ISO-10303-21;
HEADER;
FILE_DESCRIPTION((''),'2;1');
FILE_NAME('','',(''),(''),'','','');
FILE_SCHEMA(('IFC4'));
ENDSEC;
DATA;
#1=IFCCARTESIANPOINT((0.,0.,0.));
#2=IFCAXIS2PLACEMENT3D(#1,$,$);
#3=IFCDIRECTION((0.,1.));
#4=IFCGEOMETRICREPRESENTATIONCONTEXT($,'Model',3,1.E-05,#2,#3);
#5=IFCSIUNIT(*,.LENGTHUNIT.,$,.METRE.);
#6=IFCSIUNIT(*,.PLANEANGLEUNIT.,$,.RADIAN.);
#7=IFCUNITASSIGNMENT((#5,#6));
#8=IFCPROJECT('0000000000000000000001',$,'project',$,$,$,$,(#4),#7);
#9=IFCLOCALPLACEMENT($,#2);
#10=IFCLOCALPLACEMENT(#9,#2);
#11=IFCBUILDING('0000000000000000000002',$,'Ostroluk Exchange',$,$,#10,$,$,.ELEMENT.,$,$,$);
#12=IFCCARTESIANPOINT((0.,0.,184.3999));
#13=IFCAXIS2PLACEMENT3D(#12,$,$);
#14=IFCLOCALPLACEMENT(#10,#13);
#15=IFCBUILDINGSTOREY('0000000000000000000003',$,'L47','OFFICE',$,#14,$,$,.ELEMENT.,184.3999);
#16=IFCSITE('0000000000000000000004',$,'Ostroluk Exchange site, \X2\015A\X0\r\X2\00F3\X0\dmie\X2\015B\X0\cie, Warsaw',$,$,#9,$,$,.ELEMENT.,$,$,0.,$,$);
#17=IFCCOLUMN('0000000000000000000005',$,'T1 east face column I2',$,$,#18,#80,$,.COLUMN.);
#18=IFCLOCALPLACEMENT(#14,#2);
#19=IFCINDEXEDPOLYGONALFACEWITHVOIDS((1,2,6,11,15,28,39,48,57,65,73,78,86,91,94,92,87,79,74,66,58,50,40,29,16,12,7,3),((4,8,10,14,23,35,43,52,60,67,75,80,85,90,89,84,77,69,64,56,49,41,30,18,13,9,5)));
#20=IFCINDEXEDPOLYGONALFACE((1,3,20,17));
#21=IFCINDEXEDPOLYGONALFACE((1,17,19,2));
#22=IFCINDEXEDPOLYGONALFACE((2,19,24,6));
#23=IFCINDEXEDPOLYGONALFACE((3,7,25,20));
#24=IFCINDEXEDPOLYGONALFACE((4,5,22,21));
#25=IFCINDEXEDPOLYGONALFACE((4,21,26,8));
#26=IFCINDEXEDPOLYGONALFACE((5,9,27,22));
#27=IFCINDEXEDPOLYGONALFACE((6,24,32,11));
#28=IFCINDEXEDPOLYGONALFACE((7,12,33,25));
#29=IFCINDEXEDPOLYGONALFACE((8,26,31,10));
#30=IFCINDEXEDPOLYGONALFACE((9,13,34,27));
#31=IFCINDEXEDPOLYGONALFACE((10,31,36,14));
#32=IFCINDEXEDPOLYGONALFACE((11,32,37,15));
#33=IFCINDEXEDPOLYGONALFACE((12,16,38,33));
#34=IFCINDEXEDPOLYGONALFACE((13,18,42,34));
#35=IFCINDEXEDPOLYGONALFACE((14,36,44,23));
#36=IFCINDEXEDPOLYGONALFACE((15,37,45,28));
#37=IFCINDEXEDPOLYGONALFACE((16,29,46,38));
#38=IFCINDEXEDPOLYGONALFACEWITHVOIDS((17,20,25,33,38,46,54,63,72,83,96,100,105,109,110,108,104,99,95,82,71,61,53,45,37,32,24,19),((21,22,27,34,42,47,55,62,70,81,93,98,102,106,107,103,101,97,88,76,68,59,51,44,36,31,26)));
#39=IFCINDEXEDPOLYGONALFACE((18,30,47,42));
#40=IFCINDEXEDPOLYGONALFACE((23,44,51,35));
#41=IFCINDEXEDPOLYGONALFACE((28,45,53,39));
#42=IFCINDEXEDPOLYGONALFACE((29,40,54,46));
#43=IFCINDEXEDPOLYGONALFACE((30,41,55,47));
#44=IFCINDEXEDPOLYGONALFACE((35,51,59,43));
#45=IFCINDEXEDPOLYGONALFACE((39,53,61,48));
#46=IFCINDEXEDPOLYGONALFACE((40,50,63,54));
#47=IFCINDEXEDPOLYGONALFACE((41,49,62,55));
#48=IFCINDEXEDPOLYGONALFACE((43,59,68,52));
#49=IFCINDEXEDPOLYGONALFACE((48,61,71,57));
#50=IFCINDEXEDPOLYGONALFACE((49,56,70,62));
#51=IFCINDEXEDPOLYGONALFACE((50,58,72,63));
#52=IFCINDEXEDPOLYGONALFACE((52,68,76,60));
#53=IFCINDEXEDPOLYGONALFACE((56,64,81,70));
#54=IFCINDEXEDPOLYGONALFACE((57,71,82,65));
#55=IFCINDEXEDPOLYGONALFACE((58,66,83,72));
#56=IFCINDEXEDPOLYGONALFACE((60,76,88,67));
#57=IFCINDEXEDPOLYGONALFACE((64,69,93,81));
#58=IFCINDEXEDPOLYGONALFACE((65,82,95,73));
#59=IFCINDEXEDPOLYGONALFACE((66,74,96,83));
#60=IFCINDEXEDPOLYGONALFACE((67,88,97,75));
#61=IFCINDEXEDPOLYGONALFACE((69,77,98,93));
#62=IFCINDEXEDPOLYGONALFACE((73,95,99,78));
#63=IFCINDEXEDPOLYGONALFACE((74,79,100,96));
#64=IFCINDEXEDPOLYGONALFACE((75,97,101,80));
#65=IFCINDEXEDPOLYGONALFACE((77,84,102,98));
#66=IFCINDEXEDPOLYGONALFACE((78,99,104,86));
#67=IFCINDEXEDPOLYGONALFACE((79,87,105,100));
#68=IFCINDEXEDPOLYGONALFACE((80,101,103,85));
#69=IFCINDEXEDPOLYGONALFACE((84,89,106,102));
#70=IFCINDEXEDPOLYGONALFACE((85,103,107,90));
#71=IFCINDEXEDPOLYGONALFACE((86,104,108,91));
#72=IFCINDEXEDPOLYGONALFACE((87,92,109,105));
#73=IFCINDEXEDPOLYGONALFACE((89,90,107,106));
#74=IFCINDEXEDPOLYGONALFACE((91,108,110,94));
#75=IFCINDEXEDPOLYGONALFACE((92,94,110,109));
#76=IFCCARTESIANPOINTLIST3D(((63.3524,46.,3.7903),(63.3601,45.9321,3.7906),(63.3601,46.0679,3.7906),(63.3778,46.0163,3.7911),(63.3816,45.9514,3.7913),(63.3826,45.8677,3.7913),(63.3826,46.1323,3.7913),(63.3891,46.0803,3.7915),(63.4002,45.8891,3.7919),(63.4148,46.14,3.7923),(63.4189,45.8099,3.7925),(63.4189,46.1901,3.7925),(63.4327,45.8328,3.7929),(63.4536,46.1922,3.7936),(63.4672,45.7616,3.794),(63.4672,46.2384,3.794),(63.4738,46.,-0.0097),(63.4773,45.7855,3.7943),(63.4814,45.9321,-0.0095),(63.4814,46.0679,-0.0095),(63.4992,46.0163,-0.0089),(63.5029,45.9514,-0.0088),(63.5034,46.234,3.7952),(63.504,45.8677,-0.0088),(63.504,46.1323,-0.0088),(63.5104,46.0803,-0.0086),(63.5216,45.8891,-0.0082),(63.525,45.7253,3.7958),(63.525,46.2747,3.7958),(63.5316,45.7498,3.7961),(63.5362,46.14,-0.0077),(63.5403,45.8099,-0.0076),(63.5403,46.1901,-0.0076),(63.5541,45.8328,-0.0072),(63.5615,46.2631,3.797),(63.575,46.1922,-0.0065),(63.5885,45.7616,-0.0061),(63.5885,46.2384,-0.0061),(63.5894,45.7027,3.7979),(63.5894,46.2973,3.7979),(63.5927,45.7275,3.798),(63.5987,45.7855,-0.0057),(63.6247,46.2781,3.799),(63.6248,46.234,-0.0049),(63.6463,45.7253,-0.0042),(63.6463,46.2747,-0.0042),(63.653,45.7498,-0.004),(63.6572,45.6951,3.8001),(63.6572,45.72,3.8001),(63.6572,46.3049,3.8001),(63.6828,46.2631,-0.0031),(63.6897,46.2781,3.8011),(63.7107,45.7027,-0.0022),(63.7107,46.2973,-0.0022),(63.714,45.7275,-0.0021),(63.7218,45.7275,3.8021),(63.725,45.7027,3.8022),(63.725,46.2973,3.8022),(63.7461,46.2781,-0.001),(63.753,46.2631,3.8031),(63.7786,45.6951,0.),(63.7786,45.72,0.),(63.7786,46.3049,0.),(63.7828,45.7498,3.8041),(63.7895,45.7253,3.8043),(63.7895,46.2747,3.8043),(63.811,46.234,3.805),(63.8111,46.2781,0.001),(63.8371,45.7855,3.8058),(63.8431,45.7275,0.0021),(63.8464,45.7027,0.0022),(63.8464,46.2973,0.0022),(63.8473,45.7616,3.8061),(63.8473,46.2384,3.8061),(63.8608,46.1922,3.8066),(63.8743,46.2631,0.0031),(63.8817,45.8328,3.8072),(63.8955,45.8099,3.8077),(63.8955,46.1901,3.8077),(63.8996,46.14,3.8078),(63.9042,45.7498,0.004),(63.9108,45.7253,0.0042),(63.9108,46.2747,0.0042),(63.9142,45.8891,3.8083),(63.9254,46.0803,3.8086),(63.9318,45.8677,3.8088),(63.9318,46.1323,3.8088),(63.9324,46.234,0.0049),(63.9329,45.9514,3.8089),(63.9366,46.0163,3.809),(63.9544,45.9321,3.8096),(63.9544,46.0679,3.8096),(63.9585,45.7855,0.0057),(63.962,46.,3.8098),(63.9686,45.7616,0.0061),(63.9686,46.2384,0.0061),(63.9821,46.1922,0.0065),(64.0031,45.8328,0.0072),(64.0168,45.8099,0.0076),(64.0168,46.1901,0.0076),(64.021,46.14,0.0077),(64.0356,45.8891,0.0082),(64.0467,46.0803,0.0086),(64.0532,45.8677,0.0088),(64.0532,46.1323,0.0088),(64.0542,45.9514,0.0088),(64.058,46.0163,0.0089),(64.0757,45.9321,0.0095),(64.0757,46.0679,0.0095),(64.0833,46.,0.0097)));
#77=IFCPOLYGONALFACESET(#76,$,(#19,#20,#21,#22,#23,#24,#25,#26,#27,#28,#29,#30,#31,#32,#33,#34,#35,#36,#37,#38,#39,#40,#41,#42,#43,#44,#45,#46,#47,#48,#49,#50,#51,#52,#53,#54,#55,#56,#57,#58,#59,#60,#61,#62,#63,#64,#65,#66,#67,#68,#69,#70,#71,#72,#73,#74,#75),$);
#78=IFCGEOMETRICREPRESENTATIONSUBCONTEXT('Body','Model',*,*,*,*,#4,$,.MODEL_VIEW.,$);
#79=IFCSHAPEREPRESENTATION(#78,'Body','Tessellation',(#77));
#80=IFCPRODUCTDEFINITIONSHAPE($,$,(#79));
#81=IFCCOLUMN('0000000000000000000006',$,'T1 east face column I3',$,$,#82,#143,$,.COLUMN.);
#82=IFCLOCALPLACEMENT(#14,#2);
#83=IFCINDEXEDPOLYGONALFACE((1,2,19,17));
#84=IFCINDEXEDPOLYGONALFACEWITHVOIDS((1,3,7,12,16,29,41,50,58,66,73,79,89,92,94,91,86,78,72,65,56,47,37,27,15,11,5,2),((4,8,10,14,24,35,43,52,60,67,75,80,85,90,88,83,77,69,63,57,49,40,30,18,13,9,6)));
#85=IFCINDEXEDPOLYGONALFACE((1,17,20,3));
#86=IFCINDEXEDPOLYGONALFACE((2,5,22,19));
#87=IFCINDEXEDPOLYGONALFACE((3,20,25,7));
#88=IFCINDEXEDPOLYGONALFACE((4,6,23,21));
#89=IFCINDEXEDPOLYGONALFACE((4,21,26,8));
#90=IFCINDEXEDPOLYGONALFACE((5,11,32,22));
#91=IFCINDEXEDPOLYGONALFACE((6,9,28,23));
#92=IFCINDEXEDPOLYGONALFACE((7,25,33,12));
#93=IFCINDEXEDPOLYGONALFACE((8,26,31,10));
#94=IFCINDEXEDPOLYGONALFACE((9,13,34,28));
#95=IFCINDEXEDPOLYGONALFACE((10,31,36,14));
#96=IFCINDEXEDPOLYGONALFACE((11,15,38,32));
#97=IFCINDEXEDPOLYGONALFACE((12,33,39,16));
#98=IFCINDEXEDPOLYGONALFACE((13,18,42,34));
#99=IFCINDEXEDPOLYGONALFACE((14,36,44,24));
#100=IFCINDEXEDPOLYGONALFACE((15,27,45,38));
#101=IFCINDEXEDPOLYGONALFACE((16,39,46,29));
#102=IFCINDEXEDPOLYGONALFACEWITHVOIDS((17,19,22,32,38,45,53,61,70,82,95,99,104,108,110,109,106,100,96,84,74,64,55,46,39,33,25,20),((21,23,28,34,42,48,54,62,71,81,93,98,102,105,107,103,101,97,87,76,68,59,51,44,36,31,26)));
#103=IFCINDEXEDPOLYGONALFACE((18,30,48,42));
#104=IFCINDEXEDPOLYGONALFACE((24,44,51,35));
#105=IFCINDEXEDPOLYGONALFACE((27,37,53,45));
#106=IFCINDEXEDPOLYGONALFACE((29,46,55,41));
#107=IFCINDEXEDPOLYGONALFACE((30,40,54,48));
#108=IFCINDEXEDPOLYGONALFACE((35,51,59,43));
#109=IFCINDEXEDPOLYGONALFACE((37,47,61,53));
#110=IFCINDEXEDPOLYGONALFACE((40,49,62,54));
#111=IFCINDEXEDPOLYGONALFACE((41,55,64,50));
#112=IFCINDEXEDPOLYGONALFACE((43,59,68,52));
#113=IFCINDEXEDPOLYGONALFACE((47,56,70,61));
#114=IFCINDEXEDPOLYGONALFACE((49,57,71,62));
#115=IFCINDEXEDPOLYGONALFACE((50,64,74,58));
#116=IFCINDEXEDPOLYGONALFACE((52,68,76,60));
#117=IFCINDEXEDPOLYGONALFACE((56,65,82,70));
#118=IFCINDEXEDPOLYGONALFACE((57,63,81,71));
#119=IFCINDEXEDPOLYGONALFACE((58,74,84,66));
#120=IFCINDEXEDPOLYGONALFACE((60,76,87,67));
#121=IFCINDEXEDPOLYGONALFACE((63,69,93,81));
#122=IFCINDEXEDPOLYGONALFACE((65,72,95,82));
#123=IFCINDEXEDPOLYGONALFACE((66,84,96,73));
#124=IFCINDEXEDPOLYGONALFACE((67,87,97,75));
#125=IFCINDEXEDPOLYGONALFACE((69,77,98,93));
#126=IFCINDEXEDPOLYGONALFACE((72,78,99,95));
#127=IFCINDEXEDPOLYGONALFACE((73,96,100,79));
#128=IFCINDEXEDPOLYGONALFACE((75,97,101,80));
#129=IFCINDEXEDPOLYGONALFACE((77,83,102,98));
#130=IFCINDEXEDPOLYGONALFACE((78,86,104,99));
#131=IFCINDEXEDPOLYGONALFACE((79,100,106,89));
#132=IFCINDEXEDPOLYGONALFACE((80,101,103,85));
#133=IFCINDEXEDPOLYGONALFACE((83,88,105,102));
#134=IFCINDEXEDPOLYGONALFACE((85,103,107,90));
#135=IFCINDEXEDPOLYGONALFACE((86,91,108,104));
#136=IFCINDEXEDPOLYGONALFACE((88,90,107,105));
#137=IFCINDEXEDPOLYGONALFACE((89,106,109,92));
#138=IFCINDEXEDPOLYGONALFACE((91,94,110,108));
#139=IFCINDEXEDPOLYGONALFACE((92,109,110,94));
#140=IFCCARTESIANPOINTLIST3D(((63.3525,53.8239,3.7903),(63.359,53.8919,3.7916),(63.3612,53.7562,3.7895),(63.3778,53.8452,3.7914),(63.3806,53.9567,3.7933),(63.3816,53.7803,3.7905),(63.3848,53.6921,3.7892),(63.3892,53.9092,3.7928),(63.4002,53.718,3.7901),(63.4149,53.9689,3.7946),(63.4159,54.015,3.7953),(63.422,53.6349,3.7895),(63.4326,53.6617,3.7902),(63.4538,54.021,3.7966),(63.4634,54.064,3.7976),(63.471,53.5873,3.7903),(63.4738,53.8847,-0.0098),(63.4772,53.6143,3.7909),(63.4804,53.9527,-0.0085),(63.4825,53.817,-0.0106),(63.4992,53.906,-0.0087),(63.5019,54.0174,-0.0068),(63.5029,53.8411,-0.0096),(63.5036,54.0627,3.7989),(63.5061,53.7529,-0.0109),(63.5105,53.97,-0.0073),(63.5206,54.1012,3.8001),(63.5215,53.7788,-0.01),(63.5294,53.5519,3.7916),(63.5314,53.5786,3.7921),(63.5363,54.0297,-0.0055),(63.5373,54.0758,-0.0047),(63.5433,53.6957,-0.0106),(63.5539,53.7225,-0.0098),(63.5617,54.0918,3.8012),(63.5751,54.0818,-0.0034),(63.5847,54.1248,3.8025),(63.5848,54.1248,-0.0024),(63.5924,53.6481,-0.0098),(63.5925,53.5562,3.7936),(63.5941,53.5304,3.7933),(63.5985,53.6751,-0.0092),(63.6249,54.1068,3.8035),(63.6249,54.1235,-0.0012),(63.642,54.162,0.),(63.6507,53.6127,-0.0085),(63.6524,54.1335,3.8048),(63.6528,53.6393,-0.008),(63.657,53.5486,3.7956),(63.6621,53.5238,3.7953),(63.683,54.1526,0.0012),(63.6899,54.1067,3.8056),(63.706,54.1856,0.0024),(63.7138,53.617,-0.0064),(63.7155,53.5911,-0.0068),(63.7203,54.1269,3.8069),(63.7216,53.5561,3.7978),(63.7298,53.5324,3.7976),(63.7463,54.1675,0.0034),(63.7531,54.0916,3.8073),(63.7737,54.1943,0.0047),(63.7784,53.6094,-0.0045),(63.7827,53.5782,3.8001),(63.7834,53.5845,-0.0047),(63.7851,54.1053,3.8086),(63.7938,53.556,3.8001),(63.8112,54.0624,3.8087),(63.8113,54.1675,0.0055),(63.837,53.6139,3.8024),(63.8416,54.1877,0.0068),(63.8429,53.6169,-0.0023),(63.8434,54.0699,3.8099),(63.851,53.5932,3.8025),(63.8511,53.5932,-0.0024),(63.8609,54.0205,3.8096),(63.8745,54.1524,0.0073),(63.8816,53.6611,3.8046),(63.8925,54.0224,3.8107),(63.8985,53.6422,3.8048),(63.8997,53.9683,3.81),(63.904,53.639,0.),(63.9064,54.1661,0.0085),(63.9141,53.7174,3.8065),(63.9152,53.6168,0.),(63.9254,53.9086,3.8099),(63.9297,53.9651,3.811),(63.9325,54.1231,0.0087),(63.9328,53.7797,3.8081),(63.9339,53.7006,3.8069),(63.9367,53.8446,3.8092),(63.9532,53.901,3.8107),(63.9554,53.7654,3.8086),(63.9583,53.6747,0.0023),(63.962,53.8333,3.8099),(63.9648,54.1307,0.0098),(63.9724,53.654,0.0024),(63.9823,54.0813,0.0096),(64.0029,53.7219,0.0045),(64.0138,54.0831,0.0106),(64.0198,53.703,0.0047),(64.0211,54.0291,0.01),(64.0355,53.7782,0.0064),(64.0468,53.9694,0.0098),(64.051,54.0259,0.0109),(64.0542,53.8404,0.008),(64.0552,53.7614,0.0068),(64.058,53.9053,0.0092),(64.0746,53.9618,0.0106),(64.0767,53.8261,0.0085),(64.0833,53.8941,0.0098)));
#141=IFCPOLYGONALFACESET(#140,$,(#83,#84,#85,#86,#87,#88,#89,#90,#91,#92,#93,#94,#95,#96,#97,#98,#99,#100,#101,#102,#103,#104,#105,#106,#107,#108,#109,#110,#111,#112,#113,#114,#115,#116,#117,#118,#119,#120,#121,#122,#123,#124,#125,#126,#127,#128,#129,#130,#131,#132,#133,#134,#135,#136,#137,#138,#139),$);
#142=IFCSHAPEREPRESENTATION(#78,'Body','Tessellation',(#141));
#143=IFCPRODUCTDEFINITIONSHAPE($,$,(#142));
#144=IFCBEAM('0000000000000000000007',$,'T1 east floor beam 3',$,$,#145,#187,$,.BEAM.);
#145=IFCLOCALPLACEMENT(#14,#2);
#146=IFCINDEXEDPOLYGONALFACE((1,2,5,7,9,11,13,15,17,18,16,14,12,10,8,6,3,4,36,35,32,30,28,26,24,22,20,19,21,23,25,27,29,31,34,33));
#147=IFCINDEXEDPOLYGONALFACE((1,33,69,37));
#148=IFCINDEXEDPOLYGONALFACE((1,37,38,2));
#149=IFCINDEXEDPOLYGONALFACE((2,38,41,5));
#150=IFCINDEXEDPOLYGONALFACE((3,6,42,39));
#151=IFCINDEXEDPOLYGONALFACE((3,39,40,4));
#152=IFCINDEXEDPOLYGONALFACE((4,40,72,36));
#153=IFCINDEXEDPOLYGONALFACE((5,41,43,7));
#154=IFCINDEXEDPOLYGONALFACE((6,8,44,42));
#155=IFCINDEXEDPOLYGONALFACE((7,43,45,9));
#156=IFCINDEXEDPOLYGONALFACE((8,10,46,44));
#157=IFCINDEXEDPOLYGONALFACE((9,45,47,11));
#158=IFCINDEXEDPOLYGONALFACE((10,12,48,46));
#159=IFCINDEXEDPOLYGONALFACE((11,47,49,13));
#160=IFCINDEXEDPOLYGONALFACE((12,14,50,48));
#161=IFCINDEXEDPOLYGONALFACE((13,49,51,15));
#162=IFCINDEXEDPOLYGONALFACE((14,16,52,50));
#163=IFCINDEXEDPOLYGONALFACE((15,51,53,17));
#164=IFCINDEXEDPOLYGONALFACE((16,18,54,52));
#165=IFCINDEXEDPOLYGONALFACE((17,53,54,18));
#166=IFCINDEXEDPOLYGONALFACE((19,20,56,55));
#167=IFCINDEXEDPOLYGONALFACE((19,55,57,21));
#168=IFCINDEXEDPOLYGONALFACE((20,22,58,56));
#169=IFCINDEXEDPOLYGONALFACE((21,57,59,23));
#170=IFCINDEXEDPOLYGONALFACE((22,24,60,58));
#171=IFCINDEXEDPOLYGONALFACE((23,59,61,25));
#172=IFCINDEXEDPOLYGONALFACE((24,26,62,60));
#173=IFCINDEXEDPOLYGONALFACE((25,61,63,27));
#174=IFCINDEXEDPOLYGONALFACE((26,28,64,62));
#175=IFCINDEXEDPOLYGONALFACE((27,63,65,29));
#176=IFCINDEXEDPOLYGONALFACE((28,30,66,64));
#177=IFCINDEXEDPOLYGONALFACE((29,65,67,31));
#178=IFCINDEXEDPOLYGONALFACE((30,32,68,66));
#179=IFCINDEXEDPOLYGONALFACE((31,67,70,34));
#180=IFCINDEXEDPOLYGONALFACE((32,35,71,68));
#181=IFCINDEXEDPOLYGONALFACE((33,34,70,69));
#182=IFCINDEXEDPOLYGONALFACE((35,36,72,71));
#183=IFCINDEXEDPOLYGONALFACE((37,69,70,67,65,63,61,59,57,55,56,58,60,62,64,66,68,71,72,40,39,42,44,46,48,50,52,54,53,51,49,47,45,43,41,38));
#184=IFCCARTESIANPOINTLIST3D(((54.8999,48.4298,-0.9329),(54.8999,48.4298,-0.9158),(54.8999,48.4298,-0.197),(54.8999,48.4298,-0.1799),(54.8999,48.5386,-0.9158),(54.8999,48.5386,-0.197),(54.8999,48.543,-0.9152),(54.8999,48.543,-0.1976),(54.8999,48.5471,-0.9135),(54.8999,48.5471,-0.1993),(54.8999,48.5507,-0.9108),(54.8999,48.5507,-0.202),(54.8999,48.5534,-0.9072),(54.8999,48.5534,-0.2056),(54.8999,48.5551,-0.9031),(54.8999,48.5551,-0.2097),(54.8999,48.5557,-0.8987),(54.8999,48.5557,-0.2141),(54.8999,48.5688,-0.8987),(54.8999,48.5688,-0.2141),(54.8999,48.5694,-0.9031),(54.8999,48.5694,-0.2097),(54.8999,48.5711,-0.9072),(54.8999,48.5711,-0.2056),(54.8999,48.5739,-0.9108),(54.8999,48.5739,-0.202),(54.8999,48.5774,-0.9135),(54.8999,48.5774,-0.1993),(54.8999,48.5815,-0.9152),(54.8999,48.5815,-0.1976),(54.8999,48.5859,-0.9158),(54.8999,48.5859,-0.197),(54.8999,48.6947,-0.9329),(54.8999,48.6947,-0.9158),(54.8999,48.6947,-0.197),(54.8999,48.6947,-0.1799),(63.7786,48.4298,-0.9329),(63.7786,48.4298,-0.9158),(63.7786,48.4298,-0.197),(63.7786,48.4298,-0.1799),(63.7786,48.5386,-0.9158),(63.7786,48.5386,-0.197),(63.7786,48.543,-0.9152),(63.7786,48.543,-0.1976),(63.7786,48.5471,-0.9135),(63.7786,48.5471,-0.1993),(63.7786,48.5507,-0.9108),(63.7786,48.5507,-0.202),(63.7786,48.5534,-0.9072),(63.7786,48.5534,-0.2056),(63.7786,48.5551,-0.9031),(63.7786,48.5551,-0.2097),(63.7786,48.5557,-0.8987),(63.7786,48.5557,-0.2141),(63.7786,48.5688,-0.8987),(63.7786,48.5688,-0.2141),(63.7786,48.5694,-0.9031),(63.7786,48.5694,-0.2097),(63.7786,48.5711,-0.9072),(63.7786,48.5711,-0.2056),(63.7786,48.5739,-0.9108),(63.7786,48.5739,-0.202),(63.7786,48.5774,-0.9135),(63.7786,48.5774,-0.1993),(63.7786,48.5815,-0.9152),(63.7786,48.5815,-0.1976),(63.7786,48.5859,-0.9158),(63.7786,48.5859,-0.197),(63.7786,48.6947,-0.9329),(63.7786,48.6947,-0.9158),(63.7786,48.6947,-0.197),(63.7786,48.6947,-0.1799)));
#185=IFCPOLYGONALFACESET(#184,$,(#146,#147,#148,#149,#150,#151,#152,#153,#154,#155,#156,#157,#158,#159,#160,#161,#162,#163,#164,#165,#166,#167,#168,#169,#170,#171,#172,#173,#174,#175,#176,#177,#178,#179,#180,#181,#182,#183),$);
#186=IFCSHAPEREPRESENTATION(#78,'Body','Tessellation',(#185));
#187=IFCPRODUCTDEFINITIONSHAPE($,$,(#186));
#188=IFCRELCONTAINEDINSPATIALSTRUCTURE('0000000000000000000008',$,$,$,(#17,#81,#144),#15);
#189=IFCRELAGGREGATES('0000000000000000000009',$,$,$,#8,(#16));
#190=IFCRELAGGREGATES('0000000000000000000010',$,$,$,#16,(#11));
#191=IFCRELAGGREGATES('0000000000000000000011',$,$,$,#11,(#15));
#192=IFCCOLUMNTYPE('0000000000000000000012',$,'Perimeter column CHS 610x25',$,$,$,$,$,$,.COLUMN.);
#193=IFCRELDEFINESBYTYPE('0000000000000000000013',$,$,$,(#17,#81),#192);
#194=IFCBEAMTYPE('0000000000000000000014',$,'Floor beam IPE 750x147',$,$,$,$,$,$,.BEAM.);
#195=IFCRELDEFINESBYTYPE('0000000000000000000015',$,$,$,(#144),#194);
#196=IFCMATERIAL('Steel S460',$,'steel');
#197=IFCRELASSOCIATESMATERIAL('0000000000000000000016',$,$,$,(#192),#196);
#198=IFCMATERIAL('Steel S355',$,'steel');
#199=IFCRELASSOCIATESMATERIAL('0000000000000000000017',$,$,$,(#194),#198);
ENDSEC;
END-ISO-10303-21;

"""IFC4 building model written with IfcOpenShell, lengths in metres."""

from ifc_helpers import new_model, si_unit, direction, frame, origin, origin_2d, place, context, subcontext, project, spatial, hollow_circle, i_section, extrude, material, material_profile, profile_set, type_object, element, save


model = new_model("IFC4")

# Units and contexts
model_context = context("Model", 3, precision=1e-05, world=origin(), true_north=direction((0.0, 1.0)))
body_context = subcontext(model_context, "Body", "Model", "MODEL_VIEW")
ifc_project = project(units=[si_unit("LENGTHUNIT", "METRE"), si_unit("PLANEANGLEUNIT", "RADIAN")], contexts=[model_context])

# Site, building, storey
site_placement = place(None, origin())
site = spatial("IfcSite", under=ifc_project, at=site_placement, Name="Ostroluk Exchange site, Śródmieście, Warsaw", CompositionType="ELEMENT", RefElevation=0.0)
building_placement = place(site_placement, origin())
building = spatial("IfcBuilding", under=site, at=building_placement, Name="Ostroluk Exchange", CompositionType="ELEMENT")
storey_placement = place(building_placement, frame((0.0, 0.0, 184.3999)))
storey = spatial("IfcBuildingStorey", under=building, at=storey_placement, Name="L47", Description="OFFICE", CompositionType="ELEMENT", Elevation=184.3999)

# Columns
ifc_material_1 = material(Name="Steel S460", Category="steel")
ifc_material_profile_1 = material_profile(ifc_material_1, hollow_circle(Radius=0.3049, WallThickness=0.0249, at=origin_2d()), Name="CHS 610x25")
ifc_profile_set_1 = profile_set([ifc_material_profile_1], Name="Steel S460")
column_type = type_object("IfcColumnType", Name="Perimeter column CHS 610x25", PredefinedType="COLUMN", material=ifc_profile_set_1)
column_1_placement = place(storey_placement, frame((63.7786, 46.0, 0.0), z_axis=(-0.031914, 0.0, 0.999491), x_axis=(0.0, -1.0, 0.0)))
element("IfcColumn", 1, at=column_1_placement, inside=storey, type_object=column_type, Name="T1 east face column I2", PredefinedType="COLUMN", context=body_context, shape_type="SweptSolid", body=[
    extrude(hollow_circle(Radius=0.3049, WallThickness=0.0249, at=origin_2d()), origin(), (0.0, 0.0, 1.0), 3.802),
])
column_2_placement = place(storey_placement, frame((63.7786, 53.8894, 0.0), z_axis=(-0.03191, -0.015987, 0.999363), x_axis=(0.447933, -0.894067, 0.0)))
element("IfcColumn", 2, at=column_2_placement, inside=storey, type_object=column_type, Name="T1 east face column I3", PredefinedType="COLUMN", context=body_context, shape_type="SweptSolid", body=[
    extrude(hollow_circle(Radius=0.3049, WallThickness=0.0249, at=origin_2d()), origin(), (0.0, 0.0, 1.0), 3.8025),
])

# Beam
ifc_material_2 = material(Name="Steel S355", Category="steel")
ifc_material_profile_2 = material_profile(ifc_material_2, i_section(OverallWidth=0.2649, OverallDepth=0.7529, WebThickness=0.0132, FlangeThickness=0.0171, FilletRadius=0.0171, at=origin_2d()), Name="IPE 750x147")
ifc_profile_set_2 = profile_set([ifc_material_profile_2], Name="Steel S355")
beam_type_1 = type_object("IfcBeamType", Name="Floor beam IPE 750x147", PredefinedType="BEAM", material=ifc_profile_set_2)
for number, where, z_axis, x_axis, name in (
    (3, (54.8999, 48.5623, -0.5564), (1.0, 0.0, 0.0), (0.0, 1.0, 0.0), "T1 east floor beam 3"),
):
    element("IfcBeam", number, at=place(storey_placement, frame(where, z_axis=z_axis, x_axis=x_axis)), inside=storey, type_object=beam_type_1, Name=name, PredefinedType="BEAM", context=body_context, shape_type="SweptSolid", body=[
        extrude(i_section(OverallWidth=0.2649, OverallDepth=0.7529, WebThickness=0.0132, FlangeThickness=0.0171, FilletRadius=0.0171, at=origin_2d()), origin(), (0.0, 0.0, 1.0), 8.8787),
    ])

save(model, "model.ifc")
